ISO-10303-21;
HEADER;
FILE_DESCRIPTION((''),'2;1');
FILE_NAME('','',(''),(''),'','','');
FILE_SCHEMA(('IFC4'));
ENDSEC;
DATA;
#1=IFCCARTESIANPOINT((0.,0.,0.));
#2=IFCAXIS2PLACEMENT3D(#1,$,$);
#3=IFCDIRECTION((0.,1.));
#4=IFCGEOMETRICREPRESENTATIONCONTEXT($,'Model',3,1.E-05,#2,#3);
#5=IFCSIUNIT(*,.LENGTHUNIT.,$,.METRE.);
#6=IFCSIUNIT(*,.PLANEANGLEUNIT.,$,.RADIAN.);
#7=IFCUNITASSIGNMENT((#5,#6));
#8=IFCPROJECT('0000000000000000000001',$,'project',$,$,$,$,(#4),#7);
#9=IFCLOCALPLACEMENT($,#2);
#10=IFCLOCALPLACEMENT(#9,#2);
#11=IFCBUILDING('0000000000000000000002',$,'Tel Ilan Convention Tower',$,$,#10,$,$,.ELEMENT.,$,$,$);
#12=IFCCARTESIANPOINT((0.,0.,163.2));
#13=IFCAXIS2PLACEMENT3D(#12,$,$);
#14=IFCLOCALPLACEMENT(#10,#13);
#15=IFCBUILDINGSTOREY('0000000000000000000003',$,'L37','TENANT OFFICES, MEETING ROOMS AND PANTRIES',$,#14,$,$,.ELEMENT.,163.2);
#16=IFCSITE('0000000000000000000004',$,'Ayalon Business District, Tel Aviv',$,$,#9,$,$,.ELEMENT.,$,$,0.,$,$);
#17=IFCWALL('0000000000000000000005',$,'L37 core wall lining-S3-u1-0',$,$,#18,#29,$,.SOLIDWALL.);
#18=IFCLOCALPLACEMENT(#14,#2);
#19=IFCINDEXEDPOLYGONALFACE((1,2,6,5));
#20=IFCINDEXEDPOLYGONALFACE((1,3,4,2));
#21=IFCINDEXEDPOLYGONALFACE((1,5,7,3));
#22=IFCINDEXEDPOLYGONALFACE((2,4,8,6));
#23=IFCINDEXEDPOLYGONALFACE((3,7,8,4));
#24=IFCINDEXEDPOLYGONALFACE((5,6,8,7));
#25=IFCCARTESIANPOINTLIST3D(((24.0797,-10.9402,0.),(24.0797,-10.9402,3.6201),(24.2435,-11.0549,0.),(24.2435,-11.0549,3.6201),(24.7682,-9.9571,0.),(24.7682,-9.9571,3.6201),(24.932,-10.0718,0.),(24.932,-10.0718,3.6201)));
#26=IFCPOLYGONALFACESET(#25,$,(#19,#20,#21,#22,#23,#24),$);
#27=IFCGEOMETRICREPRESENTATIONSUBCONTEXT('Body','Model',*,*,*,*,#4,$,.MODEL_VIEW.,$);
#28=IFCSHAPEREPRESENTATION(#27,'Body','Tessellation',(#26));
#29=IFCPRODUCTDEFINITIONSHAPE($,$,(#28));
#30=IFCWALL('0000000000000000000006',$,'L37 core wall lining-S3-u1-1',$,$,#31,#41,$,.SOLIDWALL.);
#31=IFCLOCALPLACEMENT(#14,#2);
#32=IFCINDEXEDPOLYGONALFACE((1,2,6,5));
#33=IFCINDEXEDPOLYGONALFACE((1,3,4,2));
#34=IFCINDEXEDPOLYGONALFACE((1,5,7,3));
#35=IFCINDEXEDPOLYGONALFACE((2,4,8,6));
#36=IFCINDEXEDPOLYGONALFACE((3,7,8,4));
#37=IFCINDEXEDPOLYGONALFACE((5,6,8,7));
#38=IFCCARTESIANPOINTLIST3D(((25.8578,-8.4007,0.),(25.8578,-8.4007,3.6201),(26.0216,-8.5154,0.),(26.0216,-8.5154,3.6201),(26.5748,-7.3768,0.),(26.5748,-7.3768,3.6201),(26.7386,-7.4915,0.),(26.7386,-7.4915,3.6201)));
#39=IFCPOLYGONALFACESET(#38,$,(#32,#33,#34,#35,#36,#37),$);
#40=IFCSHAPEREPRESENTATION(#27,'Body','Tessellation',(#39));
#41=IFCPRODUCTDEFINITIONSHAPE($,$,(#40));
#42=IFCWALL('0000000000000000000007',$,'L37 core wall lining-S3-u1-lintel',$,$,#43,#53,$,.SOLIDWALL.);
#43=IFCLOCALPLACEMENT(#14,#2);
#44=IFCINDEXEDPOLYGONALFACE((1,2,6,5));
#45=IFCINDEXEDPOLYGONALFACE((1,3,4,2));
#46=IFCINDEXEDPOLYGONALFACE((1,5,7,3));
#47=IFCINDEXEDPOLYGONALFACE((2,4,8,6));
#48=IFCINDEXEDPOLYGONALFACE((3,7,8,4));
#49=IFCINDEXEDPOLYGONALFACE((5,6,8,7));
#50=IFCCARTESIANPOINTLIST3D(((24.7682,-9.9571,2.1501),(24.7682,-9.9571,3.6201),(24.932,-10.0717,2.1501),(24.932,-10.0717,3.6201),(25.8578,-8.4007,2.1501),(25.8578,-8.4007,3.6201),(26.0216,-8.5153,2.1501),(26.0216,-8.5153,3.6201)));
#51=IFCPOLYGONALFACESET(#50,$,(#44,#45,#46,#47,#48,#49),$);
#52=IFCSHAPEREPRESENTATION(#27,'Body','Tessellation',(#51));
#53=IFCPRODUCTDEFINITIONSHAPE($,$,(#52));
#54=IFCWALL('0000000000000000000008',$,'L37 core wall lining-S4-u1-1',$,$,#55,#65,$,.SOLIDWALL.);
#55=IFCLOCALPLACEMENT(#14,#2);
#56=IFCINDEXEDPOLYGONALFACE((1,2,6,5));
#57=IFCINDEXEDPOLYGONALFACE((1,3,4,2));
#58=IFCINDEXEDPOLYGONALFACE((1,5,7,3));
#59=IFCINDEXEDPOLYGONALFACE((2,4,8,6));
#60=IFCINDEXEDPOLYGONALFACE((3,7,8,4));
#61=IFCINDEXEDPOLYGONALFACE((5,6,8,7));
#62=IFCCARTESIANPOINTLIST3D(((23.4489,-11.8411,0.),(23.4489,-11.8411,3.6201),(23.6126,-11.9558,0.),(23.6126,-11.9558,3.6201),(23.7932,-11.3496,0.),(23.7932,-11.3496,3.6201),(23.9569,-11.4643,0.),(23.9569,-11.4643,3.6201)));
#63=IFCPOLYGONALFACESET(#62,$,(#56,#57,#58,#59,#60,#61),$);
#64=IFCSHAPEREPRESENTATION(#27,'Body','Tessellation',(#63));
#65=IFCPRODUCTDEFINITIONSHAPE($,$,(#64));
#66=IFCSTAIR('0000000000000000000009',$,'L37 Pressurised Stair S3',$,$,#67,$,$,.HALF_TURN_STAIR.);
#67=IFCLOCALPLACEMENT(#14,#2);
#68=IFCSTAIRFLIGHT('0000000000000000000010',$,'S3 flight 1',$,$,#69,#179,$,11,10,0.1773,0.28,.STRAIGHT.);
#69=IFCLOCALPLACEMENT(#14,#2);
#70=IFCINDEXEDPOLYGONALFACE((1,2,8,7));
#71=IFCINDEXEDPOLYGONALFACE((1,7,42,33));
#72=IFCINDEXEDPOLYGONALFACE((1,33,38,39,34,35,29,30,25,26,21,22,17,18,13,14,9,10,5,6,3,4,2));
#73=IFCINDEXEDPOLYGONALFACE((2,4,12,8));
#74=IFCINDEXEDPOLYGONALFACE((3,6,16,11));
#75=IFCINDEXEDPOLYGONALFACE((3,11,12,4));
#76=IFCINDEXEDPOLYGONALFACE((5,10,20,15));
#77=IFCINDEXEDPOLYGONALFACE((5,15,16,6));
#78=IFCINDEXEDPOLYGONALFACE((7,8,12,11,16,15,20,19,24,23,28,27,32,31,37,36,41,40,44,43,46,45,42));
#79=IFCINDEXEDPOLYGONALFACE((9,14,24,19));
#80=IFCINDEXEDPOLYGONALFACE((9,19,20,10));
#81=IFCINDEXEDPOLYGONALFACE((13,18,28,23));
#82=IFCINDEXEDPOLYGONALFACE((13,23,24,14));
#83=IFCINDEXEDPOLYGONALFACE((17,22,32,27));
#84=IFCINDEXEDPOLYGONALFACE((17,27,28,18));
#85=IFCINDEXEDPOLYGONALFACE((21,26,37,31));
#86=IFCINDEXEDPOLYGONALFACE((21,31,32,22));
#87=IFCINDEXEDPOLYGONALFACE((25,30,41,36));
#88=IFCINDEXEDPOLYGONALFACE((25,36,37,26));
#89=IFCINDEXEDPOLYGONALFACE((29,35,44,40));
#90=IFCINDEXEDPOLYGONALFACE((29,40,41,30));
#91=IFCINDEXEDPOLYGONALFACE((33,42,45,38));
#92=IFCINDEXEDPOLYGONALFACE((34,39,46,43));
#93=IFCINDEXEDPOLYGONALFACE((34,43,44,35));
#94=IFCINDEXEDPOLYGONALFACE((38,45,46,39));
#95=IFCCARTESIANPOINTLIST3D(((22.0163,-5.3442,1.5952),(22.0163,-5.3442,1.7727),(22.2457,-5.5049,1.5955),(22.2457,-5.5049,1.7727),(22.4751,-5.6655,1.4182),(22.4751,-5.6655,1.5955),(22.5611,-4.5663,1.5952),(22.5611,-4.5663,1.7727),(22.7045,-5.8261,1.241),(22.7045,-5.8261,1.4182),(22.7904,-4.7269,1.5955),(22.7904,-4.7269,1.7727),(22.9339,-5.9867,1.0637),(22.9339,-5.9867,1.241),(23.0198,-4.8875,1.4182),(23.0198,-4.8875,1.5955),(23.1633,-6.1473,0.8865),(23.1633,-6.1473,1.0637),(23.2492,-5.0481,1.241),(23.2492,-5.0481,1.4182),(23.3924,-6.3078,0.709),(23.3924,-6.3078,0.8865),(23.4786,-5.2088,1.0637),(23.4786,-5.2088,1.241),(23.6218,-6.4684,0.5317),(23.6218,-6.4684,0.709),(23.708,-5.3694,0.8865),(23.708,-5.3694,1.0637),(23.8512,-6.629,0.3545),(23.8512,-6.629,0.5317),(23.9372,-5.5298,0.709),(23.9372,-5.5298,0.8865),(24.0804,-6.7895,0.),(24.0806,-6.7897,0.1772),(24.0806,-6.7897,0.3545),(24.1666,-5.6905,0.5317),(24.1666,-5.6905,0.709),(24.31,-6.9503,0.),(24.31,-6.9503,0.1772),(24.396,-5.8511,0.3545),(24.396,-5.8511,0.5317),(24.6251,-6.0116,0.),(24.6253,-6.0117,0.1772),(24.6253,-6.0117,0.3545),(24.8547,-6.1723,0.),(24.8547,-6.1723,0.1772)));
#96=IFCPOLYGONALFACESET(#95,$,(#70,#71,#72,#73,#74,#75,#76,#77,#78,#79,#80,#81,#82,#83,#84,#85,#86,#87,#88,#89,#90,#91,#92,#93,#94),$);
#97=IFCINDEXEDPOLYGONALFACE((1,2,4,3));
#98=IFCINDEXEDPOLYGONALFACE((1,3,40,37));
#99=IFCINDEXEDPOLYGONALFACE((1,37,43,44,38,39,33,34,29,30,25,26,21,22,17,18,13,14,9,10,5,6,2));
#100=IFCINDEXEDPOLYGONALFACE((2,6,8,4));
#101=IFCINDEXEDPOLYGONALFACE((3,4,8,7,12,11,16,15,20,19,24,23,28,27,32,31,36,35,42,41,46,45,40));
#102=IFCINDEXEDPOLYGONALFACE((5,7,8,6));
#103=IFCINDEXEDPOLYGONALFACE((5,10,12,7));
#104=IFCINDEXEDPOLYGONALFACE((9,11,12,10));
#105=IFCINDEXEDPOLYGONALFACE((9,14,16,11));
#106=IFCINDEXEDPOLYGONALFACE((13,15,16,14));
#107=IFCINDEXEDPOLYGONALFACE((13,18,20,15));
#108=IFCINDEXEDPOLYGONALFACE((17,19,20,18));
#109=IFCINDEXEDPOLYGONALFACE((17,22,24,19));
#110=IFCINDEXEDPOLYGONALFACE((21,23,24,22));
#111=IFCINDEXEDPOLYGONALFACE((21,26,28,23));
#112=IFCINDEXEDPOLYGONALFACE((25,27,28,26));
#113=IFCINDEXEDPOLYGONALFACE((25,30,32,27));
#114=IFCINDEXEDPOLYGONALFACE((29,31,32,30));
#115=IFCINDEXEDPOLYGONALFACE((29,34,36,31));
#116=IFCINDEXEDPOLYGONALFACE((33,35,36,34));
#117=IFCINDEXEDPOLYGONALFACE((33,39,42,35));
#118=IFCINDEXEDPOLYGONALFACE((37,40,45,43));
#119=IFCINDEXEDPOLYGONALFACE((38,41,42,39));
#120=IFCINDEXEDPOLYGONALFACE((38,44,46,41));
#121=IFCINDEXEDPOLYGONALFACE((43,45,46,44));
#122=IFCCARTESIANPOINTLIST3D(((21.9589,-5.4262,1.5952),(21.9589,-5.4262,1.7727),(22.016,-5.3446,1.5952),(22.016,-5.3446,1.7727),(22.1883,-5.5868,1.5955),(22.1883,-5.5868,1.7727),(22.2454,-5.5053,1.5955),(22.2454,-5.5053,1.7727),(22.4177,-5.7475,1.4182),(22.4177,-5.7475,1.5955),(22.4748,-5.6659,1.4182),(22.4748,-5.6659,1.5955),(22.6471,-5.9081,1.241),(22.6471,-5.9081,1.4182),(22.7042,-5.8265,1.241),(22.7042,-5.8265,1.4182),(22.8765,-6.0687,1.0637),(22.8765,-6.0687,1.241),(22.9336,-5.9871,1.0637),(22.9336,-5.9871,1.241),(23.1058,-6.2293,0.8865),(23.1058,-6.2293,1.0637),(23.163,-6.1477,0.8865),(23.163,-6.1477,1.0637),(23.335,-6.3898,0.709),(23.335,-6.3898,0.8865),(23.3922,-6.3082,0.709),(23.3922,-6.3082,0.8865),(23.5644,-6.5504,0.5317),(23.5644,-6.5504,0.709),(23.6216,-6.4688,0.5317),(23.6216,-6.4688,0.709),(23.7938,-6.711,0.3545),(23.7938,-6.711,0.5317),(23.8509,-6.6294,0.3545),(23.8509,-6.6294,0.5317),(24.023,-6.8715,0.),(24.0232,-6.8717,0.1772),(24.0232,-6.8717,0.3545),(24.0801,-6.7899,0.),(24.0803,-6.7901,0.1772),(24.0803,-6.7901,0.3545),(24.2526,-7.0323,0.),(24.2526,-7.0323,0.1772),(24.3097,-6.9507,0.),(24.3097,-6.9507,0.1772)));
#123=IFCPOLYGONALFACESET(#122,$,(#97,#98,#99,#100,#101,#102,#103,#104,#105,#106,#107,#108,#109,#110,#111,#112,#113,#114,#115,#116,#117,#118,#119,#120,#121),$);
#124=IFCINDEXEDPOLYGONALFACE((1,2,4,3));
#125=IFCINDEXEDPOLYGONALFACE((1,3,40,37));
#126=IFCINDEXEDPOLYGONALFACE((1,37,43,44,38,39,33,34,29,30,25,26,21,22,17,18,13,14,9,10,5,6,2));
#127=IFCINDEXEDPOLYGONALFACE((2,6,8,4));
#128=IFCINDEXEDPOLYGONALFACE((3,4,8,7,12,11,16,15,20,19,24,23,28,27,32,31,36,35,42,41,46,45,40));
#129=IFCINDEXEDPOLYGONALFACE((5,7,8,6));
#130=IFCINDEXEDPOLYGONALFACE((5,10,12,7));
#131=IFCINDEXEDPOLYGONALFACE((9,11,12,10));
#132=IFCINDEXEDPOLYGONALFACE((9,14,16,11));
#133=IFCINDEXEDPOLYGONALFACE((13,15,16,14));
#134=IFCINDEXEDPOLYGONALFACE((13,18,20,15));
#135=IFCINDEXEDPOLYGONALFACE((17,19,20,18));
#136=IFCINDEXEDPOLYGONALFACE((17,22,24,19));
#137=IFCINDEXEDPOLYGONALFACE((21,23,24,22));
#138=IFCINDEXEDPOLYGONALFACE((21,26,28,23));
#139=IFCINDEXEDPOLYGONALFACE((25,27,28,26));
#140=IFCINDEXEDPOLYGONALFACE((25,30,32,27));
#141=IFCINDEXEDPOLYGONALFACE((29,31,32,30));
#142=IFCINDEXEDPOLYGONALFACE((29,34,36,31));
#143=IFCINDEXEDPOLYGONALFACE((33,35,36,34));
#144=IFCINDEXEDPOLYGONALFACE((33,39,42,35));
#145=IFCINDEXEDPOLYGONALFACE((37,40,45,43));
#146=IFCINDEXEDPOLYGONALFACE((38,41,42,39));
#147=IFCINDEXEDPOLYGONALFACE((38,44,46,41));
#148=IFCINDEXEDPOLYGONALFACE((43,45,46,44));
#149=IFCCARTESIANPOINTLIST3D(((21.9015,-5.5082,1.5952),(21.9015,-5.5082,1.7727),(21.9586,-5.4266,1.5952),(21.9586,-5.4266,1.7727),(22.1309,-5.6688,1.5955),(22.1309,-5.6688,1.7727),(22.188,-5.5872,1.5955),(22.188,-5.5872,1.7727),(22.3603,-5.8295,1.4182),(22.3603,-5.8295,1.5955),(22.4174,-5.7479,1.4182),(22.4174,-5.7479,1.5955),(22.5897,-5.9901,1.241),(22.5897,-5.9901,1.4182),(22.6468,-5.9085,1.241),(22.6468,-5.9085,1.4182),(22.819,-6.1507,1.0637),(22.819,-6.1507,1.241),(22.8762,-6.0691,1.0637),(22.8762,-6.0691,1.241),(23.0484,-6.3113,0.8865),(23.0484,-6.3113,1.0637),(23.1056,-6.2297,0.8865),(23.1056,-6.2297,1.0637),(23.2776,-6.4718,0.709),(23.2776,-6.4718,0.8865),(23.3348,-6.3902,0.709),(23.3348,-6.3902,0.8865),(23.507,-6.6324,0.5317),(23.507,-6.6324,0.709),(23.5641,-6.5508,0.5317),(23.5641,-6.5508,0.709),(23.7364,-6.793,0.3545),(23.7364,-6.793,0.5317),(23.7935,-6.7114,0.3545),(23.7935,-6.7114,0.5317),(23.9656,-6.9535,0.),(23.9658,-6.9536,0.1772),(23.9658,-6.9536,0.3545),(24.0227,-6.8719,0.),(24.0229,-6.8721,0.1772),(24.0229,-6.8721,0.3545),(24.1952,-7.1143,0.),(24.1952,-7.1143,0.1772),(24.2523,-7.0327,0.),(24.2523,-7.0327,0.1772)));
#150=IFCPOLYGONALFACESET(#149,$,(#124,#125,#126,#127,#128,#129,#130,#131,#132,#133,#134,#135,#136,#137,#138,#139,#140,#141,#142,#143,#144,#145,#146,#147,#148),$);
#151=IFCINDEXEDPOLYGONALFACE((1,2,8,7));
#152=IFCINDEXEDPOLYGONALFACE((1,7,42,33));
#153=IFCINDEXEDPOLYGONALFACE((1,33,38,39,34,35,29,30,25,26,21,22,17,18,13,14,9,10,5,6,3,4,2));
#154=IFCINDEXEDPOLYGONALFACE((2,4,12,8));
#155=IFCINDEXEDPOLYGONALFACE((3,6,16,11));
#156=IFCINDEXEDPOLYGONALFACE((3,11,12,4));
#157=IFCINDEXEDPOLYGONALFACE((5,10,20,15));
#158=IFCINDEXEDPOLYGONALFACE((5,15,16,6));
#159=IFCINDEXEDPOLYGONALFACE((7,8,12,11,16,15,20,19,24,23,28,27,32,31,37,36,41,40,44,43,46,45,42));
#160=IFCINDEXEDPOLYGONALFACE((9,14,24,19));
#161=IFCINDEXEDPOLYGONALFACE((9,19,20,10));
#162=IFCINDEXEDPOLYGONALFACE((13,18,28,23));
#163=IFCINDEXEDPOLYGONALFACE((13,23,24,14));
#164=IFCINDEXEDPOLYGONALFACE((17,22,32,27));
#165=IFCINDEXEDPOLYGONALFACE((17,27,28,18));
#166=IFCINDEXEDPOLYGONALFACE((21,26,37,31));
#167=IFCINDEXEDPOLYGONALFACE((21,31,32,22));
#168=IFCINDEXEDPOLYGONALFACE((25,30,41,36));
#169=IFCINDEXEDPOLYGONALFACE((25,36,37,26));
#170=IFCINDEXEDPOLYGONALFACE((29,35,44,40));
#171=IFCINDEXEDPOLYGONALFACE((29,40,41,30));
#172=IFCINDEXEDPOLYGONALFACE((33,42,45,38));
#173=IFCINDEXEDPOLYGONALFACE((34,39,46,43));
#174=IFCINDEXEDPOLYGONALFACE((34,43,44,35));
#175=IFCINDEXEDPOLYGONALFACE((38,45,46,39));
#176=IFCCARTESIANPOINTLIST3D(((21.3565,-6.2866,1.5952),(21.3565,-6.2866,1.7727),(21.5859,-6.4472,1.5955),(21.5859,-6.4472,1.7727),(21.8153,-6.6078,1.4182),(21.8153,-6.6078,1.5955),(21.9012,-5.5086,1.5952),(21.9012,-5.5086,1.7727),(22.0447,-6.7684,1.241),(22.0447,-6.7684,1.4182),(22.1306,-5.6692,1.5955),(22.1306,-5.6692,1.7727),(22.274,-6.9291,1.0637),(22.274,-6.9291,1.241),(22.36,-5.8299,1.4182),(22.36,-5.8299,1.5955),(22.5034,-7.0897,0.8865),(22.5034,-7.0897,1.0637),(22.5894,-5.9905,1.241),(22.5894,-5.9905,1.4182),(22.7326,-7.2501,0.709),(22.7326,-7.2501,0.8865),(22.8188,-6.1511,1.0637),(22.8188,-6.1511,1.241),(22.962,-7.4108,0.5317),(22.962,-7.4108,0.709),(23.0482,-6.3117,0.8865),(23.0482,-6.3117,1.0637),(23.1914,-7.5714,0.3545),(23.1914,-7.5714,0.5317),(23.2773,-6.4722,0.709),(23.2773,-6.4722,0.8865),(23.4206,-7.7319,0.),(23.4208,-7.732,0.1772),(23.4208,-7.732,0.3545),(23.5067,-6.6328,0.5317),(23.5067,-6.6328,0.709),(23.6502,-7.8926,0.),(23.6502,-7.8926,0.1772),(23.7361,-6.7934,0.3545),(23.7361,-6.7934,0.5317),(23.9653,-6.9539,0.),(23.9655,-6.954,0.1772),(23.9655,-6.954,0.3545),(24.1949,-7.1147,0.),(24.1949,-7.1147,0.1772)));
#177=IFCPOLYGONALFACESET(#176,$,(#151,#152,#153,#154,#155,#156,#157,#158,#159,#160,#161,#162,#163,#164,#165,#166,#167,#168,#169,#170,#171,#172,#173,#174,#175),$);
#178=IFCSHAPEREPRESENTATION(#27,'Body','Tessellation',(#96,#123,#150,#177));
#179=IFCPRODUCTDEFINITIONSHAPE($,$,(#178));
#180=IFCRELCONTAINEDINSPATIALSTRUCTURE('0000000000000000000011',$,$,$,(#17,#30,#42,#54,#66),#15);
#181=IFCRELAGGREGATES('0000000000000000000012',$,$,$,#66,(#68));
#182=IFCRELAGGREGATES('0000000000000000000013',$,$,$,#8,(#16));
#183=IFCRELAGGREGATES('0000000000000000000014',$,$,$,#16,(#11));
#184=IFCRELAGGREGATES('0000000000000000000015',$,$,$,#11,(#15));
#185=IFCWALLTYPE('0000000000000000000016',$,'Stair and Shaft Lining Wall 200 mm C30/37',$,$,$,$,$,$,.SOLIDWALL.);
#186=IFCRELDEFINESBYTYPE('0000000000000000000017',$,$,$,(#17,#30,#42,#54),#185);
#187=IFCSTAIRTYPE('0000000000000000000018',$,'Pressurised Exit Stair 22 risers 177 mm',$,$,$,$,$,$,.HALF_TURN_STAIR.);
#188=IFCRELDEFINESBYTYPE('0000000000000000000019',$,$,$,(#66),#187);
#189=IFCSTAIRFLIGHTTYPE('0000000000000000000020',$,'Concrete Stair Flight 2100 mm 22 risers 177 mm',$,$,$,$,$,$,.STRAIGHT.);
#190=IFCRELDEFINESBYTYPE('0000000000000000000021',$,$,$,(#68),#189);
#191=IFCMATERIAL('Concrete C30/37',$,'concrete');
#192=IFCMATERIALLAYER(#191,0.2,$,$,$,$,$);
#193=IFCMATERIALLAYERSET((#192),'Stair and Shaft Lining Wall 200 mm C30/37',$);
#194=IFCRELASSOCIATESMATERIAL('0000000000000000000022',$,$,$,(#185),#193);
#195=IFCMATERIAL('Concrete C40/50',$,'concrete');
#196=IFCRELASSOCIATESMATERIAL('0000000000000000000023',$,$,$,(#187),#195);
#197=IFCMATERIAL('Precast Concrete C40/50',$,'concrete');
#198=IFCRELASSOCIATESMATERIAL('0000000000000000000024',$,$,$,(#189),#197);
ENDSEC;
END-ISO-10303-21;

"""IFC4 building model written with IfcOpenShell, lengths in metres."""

from ifc_helpers import new_model, si_unit, direction, frame, frame_2d, origin, place, context, subcontext, project, spatial, polyline, rectangle, outline, extrude, material, layer, layer_set, type_object, element, aggregate, save


model = new_model("IFC4")

# Units and contexts
model_context = context("Model", 3, precision=1e-05, world=origin(), true_north=direction((0.0, 1.0)))
body_context = subcontext(model_context, "Body", "Model", "MODEL_VIEW")
ifc_project = project(units=[si_unit("LENGTHUNIT", "METRE"), si_unit("PLANEANGLEUNIT", "RADIAN")], contexts=[model_context])

# Site, building, storey
site_placement = place(None, origin())
site = spatial("IfcSite", under=ifc_project, at=site_placement, Name="Ayalon Business District, Tel Aviv", CompositionType="ELEMENT", RefElevation=0.0)
building_placement = place(site_placement, origin())
building = spatial("IfcBuilding", under=site, at=building_placement, Name="Tel Ilan Convention Tower", CompositionType="ELEMENT")
storey_placement = place(building_placement, frame((0.0, 0.0, 163.2)))
storey = spatial("IfcBuildingStorey", under=building, at=storey_placement, Name="L37", Description="TENANT OFFICES, MEETING ROOMS AND PANTRIES", CompositionType="ELEMENT", Elevation=163.2)

# Walls
ifc_material_1 = material(Name="Concrete C30/37", Category="concrete")
ifc_layer_1 = layer(ifc_material_1, 0.2)
ifc_layer_set_1 = layer_set([ifc_layer_1], Name="Stair and Shaft Lining Wall 200 mm C30/37")
wall_type_1 = type_object("IfcWallType", Name="Stair and Shaft Lining Wall 200 mm C30/37", PredefinedType="SOLIDWALL", material=ifc_layer_set_1)
wall_1_placement = place(storey_placement, frame((24.1616, -10.9976, 0.0), z_axis=(0.0, 0.0, 1.0), x_axis=(0.573613, 0.819127, 0.0)))
element("IfcWall", 1, at=wall_1_placement, inside=storey, type_object=wall_type_1, Name="L37 core wall lining-S3-u1-0", PredefinedType="SOLIDWALL", context=body_context, shape_type="SweptSolid", body=[
    extrude(rectangle(XDim=1.2002, YDim=0.2, at=frame_2d((0.6001, 0.0))), origin(), (0.0, 0.0, 1.0), 3.6201),
])
wall_2_placement = place(storey_placement, frame((25.9397, -8.458, 0.0), z_axis=(0.0, 0.0, 1.0), x_axis=(0.57362, 0.819122, 0.0)))
element("IfcWall", 2, at=wall_2_placement, inside=storey, type_object=wall_type_1, Name="L37 core wall lining-S3-u1-1", PredefinedType="SOLIDWALL", context=body_context, shape_type="SweptSolid", body=[
    extrude(rectangle(XDim=1.25, YDim=0.2, at=frame_2d((0.625, 0.0))), origin(), (0.0, 0.0, 1.0), 3.6201),
])
wall_3_placement = place(storey_placement, frame((24.8501, -10.0144, 2.1501), z_axis=(0.0, 0.0, 1.0), x_axis=(0.573505, 0.819202, 0.0)))
element("IfcWall", 3, at=wall_3_placement, inside=storey, type_object=wall_type_1, Name="L37 core wall lining-S3-u1-lintel", PredefinedType="SOLIDWALL", context=body_context, shape_type="SweptSolid", body=[
    extrude(rectangle(XDim=1.8999, YDim=0.2, at=frame_2d((0.95, 0.0))), origin(), (0.0, 0.0, 1.0), 1.47),
])
wall_4_placement = place(storey_placement, frame((23.5308, -11.8984, 0.0), z_axis=(0.0, 0.0, 1.0), x_axis=(0.573708, 0.81906, 0.0)))
element("IfcWall", 4, at=wall_4_placement, inside=storey, type_object=wall_type_1, Name="L37 core wall lining-S4-u1-1", PredefinedType="SOLIDWALL", context=body_context, shape_type="SweptSolid", body=[
    extrude(rectangle(XDim=0.6001, YDim=0.2, at=frame_2d((0.3, 0.0))), origin(), (0.0, 0.0, 1.0), 3.6201),
])

# Stair, stair flight
ifc_material_2 = material(Name="Concrete C40/50", Category="concrete")
stair_type = type_object("IfcStairType", Name="Pressurised Exit Stair 22 risers 177 mm", PredefinedType="HALF_TURN_STAIR", material=ifc_material_2)
stair_placement = place(storey_placement, origin())
stair = element("IfcStair", 5, at=stair_placement, inside=storey, type_object=stair_type, Name="L37 Pressurised Stair S3", PredefinedType="HALF_TURN_STAIR")
ifc_material_3 = material(Name="Precast Concrete C40/50", Category="concrete")
stair_flight_type = type_object("IfcStairFlightType", Name="Concrete Stair Flight 2100 mm 22 risers 177 mm", PredefinedType="STRAIGHT", material=ifc_material_3)
stair_flight_placement = place(storey_placement, frame((24.2524, -7.0325, 0.0), z_axis=(0.0, 0.0, 1.0), x_axis=(-0.819152, 0.573576, 0.0)))
stair_flight = element("IfcStairFlight", 6, at=stair_flight_placement, type_object=stair_flight_type, Name="S3 flight 1", NumberOfRisers=11, NumberOfTreads=10, PredefinedType="STRAIGHT", RiserHeight=0.1773, TreadLength=0.28, context=body_context, shape_type="SweptSolid", body=[
    extrude(outline(polyline([(0.0, 0.0), (0.0, 0.1772), (0.28, 0.1772), (0.28, 0.3545), (0.5601, 0.3545), (0.5601, 0.5317), (0.8401, 0.5317), (0.8401, 0.709), (1.1201, 0.709), (1.1201, 0.8865), (1.3999, 0.8865), (1.3999, 1.0637), (1.6799, 1.0637), (1.6799, 1.241), (1.96, 1.241), (1.96, 1.4182), (2.24, 1.4182), (2.24, 1.5955), (2.52, 1.5955), (2.52, 1.7727), (2.8, 1.7727), (2.8, 1.95), (2.8, 1.5952), (0.2803, 0.0), (0.0, 0.0)])), frame((0.0, -0.1003, 0.0), z_axis=(0.0, -1.0, 0.0), x_axis=(1.0, 0.0, 0.0)), (0.0, 0.0, 1.0), 0.9497),
    extrude(outline(polyline([(0.0, 0.0), (0.0, 0.1772), (0.28, 0.1772), (0.28, 0.3545), (0.5601, 0.3545), (0.5601, 0.5317), (0.8401, 0.5317), (0.8401, 0.709), (1.1201, 0.709), (1.1201, 0.8865), (1.3999, 0.8865), (1.3999, 1.0637), (1.6799, 1.0637), (1.6799, 1.241), (1.96, 1.241), (1.96, 1.4182), (2.24, 1.4182), (2.24, 1.5955), (2.52, 1.5955), (2.52, 1.7727), (2.8, 1.7727), (2.8, 1.95), (2.8, 1.5952), (0.2803, 0.0), (0.0, 0.0)])), frame((0.0, -0.0002, 0.0), z_axis=(0.0, -1.0, 0.0), x_axis=(1.0, 0.0, 0.0)), (0.0, 0.0, 1.0), 0.0996),
    extrude(outline(polyline([(0.0, 0.0), (0.0, 0.1772), (0.28, 0.1772), (0.28, 0.3545), (0.5601, 0.3545), (0.5601, 0.5317), (0.8401, 0.5317), (0.8401, 0.709), (1.1201, 0.709), (1.1201, 0.8865), (1.3999, 0.8865), (1.3999, 1.0637), (1.6799, 1.0637), (1.6799, 1.241), (1.96, 1.241), (1.96, 1.4182), (2.24, 1.4182), (2.24, 1.5955), (2.52, 1.5955), (2.52, 1.7727), (2.8, 1.7727), (2.8, 1.95), (2.8, 1.5952), (0.2803, 0.0), (0.0, 0.0)])), frame((0.0, 0.0999, 0.0), z_axis=(0.0, -1.0, 0.0), x_axis=(1.0, 0.0, 0.0)), (0.0, 0.0, 1.0), 0.0996),
    extrude(outline(polyline([(0.0, 0.0), (0.0, 0.1772), (0.28, 0.1772), (0.28, 0.3545), (0.5601, 0.3545), (0.5601, 0.5317), (0.8401, 0.5317), (0.8401, 0.709), (1.1201, 0.709), (1.1201, 0.8865), (1.3999, 0.8865), (1.3999, 1.0637), (1.6799, 1.0637), (1.6799, 1.241), (1.96, 1.241), (1.96, 1.4182), (2.24, 1.4182), (2.24, 1.5955), (2.52, 1.5955), (2.52, 1.7727), (2.8, 1.7727), (2.8, 1.95), (2.8, 1.5952), (0.2803, 0.0), (0.0, 0.0)])), frame((0.0, 1.05, 0.0), z_axis=(0.0, -1.0, 0.0), x_axis=(1.0, 0.0, 0.0)), (0.0, 0.0, 1.0), 0.9497),
])
aggregate(stair, [stair_flight])

save(model, "model.ifc")
